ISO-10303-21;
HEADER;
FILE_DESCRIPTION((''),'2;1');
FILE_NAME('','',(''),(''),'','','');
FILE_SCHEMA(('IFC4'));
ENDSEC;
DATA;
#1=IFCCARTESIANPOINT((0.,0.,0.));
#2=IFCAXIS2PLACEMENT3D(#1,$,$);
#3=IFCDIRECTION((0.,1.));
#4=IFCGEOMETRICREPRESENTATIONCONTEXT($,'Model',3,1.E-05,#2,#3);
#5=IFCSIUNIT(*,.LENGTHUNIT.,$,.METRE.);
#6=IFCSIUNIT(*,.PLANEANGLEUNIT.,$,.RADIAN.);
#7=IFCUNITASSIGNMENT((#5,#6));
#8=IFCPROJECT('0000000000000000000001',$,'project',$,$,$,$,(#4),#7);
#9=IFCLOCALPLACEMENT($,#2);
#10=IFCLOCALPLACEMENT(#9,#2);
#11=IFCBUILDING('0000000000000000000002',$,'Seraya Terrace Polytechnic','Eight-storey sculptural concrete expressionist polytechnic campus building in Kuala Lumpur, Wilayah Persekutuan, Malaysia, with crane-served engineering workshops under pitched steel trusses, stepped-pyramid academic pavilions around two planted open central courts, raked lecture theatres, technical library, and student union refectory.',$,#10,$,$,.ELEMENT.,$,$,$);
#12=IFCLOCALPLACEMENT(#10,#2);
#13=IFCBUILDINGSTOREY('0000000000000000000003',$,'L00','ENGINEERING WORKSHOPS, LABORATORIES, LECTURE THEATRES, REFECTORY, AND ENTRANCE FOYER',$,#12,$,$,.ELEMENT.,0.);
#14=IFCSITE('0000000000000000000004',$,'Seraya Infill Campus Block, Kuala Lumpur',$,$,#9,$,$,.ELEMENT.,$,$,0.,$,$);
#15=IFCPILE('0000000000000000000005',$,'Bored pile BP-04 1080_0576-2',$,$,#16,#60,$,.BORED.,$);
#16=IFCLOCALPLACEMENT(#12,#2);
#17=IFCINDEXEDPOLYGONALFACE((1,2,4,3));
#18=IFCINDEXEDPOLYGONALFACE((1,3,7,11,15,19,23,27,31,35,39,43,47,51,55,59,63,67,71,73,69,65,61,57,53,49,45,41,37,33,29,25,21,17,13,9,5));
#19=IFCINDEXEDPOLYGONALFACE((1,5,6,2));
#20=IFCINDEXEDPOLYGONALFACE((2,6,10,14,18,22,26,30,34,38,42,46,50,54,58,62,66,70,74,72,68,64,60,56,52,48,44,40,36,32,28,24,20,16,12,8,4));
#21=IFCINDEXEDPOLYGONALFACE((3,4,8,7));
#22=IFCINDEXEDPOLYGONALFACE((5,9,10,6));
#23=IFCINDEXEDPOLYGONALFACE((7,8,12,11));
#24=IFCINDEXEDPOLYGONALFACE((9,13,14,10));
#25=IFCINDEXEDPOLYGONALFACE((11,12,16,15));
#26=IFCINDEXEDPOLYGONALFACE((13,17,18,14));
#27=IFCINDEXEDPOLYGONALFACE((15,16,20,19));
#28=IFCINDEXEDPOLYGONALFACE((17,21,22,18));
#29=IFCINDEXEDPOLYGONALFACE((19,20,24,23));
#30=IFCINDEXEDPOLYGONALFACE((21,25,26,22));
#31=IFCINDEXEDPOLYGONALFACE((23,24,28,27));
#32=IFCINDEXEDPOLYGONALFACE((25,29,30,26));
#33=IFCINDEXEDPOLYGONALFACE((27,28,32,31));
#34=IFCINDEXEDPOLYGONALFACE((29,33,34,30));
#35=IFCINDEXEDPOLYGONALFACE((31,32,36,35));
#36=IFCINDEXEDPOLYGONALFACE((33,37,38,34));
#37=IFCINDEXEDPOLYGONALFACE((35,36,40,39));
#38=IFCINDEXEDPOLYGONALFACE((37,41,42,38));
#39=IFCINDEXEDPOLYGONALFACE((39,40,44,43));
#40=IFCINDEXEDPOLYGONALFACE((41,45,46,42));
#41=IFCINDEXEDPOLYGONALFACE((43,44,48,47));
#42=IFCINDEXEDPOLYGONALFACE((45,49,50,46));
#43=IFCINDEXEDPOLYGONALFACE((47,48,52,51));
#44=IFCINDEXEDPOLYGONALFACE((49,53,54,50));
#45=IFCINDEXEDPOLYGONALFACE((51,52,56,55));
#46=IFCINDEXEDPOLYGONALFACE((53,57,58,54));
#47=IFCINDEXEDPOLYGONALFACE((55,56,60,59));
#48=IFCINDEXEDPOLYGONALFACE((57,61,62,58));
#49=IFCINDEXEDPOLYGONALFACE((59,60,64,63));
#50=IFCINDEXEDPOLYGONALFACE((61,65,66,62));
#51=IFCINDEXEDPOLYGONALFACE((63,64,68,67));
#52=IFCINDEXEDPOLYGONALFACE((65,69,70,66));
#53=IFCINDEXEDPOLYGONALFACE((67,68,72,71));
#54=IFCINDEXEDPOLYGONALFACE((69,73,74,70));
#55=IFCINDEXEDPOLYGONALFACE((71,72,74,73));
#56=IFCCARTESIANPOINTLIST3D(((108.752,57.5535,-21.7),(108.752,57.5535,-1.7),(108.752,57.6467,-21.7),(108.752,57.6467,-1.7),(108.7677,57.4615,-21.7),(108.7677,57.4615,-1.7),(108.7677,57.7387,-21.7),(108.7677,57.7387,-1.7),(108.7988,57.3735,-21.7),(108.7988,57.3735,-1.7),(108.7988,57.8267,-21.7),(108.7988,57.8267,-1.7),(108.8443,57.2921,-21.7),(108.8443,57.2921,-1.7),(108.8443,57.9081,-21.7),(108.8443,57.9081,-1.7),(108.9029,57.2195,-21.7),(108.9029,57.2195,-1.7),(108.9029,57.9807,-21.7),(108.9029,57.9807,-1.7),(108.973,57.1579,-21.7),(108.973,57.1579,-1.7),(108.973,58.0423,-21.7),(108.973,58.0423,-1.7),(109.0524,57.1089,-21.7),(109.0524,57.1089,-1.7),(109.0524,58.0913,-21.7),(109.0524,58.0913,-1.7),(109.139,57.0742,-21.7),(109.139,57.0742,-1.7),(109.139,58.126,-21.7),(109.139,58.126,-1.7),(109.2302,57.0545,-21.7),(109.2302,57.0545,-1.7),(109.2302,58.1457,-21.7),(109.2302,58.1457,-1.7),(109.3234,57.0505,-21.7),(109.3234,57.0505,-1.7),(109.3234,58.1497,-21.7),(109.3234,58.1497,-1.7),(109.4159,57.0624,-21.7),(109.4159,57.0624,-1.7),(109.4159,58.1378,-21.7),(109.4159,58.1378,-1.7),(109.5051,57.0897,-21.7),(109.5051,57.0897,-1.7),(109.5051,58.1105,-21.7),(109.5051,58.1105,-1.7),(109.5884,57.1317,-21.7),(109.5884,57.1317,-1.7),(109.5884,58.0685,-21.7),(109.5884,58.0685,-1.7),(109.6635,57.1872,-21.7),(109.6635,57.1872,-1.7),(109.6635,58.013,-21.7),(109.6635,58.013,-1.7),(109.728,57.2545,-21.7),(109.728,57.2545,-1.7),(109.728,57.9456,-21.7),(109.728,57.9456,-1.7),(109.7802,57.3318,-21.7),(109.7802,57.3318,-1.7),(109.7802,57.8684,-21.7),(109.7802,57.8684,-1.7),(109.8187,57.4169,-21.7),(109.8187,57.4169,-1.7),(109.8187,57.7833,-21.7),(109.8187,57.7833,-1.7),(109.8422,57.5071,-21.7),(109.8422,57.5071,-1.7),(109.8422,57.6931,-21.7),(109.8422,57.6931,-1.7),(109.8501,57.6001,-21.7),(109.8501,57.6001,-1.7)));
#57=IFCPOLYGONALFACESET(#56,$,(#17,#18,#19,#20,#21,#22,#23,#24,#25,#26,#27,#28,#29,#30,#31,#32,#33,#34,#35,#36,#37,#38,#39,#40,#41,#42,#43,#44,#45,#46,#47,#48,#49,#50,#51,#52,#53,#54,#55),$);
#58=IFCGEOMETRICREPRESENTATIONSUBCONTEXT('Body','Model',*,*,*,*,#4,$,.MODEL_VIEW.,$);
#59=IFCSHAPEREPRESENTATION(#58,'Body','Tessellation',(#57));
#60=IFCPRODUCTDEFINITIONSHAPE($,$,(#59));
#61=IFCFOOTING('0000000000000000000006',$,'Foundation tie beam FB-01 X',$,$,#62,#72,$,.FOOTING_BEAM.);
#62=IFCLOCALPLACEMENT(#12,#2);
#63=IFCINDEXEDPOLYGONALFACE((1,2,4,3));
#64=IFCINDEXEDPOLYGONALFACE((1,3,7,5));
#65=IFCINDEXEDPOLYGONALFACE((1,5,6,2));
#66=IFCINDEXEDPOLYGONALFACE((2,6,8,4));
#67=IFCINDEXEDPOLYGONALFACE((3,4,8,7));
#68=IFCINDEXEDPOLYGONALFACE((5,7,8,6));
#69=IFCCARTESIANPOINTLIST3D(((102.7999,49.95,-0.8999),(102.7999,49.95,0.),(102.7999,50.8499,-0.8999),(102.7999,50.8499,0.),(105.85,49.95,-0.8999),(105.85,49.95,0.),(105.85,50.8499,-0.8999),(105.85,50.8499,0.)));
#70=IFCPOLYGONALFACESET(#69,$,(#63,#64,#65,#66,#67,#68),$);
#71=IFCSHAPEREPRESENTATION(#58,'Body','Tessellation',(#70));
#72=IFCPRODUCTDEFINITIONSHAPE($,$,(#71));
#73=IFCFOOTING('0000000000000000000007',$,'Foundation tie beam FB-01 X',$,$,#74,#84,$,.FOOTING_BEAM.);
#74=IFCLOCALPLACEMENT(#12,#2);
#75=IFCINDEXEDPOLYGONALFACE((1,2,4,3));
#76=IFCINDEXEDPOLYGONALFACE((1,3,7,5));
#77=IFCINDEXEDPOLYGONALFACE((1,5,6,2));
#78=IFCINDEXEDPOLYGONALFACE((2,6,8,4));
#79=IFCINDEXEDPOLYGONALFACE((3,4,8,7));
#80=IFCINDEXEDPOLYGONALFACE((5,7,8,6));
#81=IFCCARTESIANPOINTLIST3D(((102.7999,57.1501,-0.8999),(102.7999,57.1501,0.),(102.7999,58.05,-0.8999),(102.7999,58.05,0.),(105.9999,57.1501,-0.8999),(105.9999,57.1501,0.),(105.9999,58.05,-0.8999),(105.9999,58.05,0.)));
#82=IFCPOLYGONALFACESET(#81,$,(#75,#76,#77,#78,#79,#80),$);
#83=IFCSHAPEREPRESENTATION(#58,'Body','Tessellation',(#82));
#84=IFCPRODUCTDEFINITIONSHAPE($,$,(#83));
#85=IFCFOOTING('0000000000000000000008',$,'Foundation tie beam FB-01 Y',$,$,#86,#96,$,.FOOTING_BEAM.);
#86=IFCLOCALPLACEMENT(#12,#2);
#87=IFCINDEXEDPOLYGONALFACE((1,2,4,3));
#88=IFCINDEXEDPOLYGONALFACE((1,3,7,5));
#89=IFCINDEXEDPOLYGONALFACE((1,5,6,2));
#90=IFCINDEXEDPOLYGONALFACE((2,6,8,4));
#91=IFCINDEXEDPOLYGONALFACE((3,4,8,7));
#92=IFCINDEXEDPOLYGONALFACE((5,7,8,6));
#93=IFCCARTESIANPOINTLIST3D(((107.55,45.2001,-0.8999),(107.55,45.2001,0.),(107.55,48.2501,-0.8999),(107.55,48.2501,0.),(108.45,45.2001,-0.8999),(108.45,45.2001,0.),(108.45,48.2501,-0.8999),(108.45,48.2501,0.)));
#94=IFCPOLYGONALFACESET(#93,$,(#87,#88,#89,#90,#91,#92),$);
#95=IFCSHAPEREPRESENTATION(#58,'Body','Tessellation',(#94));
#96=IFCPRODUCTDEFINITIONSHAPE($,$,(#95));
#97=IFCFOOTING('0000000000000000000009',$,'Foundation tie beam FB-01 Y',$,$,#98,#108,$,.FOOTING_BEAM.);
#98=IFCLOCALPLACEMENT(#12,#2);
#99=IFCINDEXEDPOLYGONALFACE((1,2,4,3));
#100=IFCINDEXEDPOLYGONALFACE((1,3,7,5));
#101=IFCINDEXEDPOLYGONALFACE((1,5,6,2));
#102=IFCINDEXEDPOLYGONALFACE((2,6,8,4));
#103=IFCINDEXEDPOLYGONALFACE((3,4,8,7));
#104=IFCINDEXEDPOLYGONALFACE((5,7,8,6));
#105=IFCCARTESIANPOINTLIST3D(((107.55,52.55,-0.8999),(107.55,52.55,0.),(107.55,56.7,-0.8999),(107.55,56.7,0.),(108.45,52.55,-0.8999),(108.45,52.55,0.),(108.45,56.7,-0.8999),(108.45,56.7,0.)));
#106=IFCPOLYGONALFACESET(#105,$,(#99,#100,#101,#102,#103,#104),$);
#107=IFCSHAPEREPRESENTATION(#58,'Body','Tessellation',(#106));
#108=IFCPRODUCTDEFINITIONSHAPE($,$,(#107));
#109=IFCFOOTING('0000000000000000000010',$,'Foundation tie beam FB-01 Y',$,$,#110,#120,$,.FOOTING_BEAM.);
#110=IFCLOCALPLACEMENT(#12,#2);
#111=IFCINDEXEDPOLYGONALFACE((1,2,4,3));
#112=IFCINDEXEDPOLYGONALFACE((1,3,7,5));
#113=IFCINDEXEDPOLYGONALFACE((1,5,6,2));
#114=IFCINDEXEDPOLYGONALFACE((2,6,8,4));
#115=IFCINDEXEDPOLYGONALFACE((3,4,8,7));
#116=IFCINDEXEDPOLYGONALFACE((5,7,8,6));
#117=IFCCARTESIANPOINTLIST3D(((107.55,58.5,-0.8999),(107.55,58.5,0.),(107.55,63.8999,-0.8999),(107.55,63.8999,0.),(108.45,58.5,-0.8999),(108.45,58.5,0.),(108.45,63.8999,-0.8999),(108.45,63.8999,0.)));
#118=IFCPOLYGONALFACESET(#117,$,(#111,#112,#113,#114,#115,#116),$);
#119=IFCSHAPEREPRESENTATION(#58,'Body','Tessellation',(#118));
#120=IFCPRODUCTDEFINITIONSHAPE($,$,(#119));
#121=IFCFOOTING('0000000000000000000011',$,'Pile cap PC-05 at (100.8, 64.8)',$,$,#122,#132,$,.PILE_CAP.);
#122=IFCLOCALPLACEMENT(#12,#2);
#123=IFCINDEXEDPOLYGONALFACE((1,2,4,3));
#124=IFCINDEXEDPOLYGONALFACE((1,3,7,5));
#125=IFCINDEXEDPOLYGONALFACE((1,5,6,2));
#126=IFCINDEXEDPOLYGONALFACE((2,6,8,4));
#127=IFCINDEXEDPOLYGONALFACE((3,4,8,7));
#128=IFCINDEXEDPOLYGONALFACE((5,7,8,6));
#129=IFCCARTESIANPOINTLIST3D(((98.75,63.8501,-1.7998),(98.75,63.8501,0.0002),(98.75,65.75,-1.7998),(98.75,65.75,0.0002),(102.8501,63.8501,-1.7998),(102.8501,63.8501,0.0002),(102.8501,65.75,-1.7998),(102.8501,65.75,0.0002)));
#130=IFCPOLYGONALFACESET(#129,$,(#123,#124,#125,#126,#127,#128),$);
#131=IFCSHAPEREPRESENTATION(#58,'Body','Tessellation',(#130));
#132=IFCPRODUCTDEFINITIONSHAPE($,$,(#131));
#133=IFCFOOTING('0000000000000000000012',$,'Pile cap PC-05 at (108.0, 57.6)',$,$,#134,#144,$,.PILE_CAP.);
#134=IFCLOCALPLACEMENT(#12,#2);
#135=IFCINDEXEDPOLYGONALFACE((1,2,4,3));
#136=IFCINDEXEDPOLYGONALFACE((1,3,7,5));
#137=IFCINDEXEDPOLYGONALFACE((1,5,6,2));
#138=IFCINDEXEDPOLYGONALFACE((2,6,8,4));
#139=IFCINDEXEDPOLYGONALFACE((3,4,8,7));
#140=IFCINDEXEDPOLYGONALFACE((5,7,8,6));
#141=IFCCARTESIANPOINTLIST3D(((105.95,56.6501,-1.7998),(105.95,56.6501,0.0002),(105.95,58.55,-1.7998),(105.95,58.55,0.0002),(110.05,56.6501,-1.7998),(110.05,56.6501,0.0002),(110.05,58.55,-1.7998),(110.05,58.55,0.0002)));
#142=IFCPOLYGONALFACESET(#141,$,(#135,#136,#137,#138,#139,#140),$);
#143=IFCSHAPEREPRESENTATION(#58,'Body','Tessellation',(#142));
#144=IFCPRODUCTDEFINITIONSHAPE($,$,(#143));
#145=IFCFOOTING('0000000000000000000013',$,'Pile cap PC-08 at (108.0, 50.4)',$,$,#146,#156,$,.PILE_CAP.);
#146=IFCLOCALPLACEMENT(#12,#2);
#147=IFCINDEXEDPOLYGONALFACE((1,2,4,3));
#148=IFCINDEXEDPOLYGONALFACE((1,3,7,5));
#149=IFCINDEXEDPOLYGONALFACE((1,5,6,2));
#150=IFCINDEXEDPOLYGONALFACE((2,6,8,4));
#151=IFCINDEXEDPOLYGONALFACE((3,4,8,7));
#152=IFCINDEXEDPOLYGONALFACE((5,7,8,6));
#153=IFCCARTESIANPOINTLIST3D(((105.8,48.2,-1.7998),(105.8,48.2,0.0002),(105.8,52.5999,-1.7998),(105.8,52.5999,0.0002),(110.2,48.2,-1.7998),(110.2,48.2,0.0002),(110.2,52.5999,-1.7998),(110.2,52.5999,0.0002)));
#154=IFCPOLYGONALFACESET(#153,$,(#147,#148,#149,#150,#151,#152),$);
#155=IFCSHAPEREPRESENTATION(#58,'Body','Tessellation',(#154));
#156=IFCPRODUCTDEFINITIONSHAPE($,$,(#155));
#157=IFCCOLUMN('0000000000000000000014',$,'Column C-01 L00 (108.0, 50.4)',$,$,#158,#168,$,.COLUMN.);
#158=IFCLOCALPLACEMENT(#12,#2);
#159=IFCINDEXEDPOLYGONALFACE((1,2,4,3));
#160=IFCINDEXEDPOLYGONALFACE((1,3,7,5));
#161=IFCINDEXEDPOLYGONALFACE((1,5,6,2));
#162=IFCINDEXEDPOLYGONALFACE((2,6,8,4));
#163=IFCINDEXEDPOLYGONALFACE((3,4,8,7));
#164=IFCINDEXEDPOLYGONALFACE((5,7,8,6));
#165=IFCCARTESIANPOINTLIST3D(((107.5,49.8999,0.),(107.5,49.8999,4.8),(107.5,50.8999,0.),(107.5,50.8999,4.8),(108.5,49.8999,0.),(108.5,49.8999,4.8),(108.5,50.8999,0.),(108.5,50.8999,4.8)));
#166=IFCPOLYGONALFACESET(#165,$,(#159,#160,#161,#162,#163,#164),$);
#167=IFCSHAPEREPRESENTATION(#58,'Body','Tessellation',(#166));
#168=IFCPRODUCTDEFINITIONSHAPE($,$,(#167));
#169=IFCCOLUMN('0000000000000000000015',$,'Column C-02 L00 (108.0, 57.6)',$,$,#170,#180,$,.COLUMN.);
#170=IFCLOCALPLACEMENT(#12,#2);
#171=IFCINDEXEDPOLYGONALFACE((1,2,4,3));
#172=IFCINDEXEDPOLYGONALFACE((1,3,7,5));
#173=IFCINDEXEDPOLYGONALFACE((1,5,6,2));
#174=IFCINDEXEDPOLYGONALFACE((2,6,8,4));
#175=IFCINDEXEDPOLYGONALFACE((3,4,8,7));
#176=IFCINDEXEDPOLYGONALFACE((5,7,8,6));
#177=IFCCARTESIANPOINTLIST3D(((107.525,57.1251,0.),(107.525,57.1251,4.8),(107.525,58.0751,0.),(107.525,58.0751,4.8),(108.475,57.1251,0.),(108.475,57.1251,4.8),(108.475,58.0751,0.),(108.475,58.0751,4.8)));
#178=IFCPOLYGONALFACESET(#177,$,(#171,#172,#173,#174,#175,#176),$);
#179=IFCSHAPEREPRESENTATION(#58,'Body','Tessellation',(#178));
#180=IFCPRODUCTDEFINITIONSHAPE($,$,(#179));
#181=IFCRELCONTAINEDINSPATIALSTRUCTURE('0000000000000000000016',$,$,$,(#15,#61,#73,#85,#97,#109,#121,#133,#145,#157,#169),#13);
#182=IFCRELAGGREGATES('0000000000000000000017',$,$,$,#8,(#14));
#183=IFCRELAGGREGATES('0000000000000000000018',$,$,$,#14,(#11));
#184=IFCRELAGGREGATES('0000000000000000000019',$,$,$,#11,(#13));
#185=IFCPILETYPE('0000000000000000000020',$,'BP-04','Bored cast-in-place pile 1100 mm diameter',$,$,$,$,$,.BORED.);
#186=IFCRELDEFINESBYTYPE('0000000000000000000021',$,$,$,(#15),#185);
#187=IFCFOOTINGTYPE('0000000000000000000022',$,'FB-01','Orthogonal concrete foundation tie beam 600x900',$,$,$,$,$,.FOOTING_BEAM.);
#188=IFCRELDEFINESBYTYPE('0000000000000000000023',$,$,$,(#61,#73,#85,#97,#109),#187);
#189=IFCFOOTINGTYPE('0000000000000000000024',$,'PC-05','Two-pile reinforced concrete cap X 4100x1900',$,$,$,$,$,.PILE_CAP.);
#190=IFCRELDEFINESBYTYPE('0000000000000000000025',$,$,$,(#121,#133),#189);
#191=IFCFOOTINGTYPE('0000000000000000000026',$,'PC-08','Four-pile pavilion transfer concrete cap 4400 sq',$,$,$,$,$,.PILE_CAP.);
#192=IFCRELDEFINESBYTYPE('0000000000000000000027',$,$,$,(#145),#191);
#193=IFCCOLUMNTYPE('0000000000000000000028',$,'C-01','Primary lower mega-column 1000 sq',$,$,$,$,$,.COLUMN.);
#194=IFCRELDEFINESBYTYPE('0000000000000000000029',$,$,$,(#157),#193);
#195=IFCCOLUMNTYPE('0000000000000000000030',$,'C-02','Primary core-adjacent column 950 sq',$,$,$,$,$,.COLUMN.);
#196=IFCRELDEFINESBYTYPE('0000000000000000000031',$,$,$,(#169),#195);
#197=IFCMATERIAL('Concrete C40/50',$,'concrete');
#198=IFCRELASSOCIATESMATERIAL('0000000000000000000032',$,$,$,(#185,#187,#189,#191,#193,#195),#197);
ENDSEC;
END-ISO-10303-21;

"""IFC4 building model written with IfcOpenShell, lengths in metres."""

from ifc_helpers import new_model, si_unit, direction, frame, origin, origin_2d, place, context, subcontext, project, spatial, rectangle, circle, extrude, material, material_profile, profile_set, type_object, element, save


model = new_model("IFC4")

# Units and contexts
model_context = context("Model", 3, precision=1e-05, world=origin(), true_north=direction((0.0, 1.0)))
body_context = subcontext(model_context, "Body", "Model", "MODEL_VIEW")
ifc_project = project(units=[si_unit("LENGTHUNIT", "METRE"), si_unit("PLANEANGLEUNIT", "RADIAN")], contexts=[model_context])

# Site, building, storey
site_placement = place(None, origin())
site = spatial("IfcSite", under=ifc_project, at=site_placement, Name="Seraya Infill Campus Block, Kuala Lumpur", CompositionType="ELEMENT", RefElevation=0.0)
building_placement = place(site_placement, origin())
building = spatial("IfcBuilding", under=site, at=building_placement, Name="Seraya Terrace Polytechnic", Description="Eight-storey sculptural concrete expressionist polytechnic campus building in Kuala Lumpur, Wilayah Persekutuan, Malaysia, with crane-served engineering workshops under pitched steel trusses, stepped-pyramid academic pavilions around two planted open central courts, raked lecture theatres, technical library, and student union refectory.", CompositionType="ELEMENT")
storey_placement = place(building_placement, origin())
storey = spatial("IfcBuildingStorey", under=building, at=storey_placement, Name="L00", Description="ENGINEERING WORKSHOPS, LABORATORIES, LECTURE THEATRES, REFECTORY, AND ENTRANCE FOYER", CompositionType="ELEMENT", Elevation=0.0)

# Pile
ifc_material_1 = material(Name="Concrete C40/50", Category="concrete")
ifc_material_profile_1 = material_profile(ifc_material_1, circle(Radius=0.55, at=origin_2d()), Name="DIA 1100")
ifc_profile_set_1 = profile_set([ifc_material_profile_1], Name="Concrete C40/50")
pile_type_1 = type_object("IfcPileType", Name="BP-04", Description="Bored cast-in-place pile 1100 mm diameter", PredefinedType="BORED", material=ifc_profile_set_1)
for number, where, z_axis, x_axis, name in (
    (1, (109.3, 57.6001, -1.7), (0.0, 0.0, -1.0), (1.0, 0.0, 0.0), "Bored pile BP-04 1080_0576-2"),
):
    element("IfcPile", number, at=place(storey_placement, frame(where, z_axis=z_axis, x_axis=x_axis)), inside=storey, type_object=pile_type_1, Name=name, PredefinedType="BORED", context=body_context, shape_type="SweptSolid", body=[
        extrude(circle(Radius=0.55, at=origin_2d()), origin(), (0.0, 0.0, 1.0), 20.0),
    ])

# Footings
footing_type_1 = type_object("IfcFootingType", Name="FB-01", Description="Orthogonal concrete foundation tie beam 600x900", PredefinedType="FOOTING_BEAM", material=ifc_material_1)
footing_1_placement = place(storey_placement, frame((104.325, 50.3999, -0.8999), z_axis=(0.0, 0.0, 1.0), x_axis=(1.0, 0.0, 0.0)))
element("IfcFooting", 2, at=footing_1_placement, inside=storey, type_object=footing_type_1, Name="Foundation tie beam FB-01 X", PredefinedType="FOOTING_BEAM", context=body_context, shape_type="SweptSolid", body=[
    extrude(rectangle(XDim=3.05, YDim=0.8999, at=origin_2d()), origin(), (0.0, 0.0, 1.0), 0.8999),
])
footing_2_placement = place(storey_placement, frame((104.3999, 57.6001, -0.8999), z_axis=(0.0, 0.0, 1.0), x_axis=(1.0, 0.0, 0.0)))
element("IfcFooting", 3, at=footing_2_placement, inside=storey, type_object=footing_type_1, Name="Foundation tie beam FB-01 X", PredefinedType="FOOTING_BEAM", context=body_context, shape_type="SweptSolid", body=[
    extrude(rectangle(XDim=3.2, YDim=0.8999, at=origin_2d()), origin(), (0.0, 0.0, 1.0), 0.8999),
])
footing_3_placement = place(storey_placement, frame((108.0, 46.7251, -0.8999), z_axis=(0.0, 0.0, 1.0), x_axis=(0.0, 1.0, 0.0)))
element("IfcFooting", 4, at=footing_3_placement, inside=storey, type_object=footing_type_1, Name="Foundation tie beam FB-01 Y", PredefinedType="FOOTING_BEAM", context=body_context, shape_type="SweptSolid", body=[
    extrude(rectangle(XDim=3.05, YDim=0.8999, at=origin_2d()), origin(), (0.0, 0.0, 1.0), 0.8999),
])
footing_4_placement = place(storey_placement, frame((108.0, 54.625, -0.8999), z_axis=(0.0, 0.0, 1.0), x_axis=(0.0, 1.0, 0.0)))
element("IfcFooting", 5, at=footing_4_placement, inside=storey, type_object=footing_type_1, Name="Foundation tie beam FB-01 Y", PredefinedType="FOOTING_BEAM", context=body_context, shape_type="SweptSolid", body=[
    extrude(rectangle(XDim=4.1499, YDim=0.8999, at=origin_2d()), origin(), (0.0, 0.0, 1.0), 0.8999),
])
footing_5_placement = place(storey_placement, frame((108.0, 61.2, -0.8999), z_axis=(0.0, 0.0, 1.0), x_axis=(0.0, 1.0, 0.0)))
element("IfcFooting", 6, at=footing_5_placement, inside=storey, type_object=footing_type_1, Name="Foundation tie beam FB-01 Y", PredefinedType="FOOTING_BEAM", context=body_context, shape_type="SweptSolid", body=[
    extrude(rectangle(XDim=5.3999, YDim=0.8999, at=origin_2d()), origin(), (0.0, 0.0, 1.0), 0.8999),
])
footing_type_2 = type_object("IfcFootingType", Name="PC-05", Description="Two-pile reinforced concrete cap X 4100x1900", PredefinedType="PILE_CAP", material=ifc_material_1)
for number, where, z_axis, x_axis, name in (
    (7, (100.8, 64.8, -1.7998), (0.0, 0.0, 1.0), (1.0, 0.0, 0.0), "Pile cap PC-05 at (100.8, 64.8)"),
    (8, (108.0, 57.6001, -1.7998), (0.0, 0.0, 1.0), (1.0, 0.0, 0.0), "Pile cap PC-05 at (108.0, 57.6)"),
):
    element("IfcFooting", number, at=place(storey_placement, frame(where, z_axis=z_axis, x_axis=x_axis)), inside=storey, type_object=footing_type_2, Name=name, PredefinedType="PILE_CAP", context=body_context, shape_type="SweptSolid", body=[
        extrude(rectangle(XDim=4.1001, YDim=1.8999, at=origin_2d()), origin(), (0.0, 0.0, 1.0), 1.8),
    ])
footing_type_3 = type_object("IfcFootingType", Name="PC-08", Description="Four-pile pavilion transfer concrete cap 4400 sq", PredefinedType="PILE_CAP", material=ifc_material_1)
footing_6_placement = place(storey_placement, frame((108.0, 50.3999, -1.7998), z_axis=(0.0, 0.0, 1.0), x_axis=(1.0, 0.0, 0.0)))
element("IfcFooting", 9, at=footing_6_placement, inside=storey, type_object=footing_type_3, Name="Pile cap PC-08 at (108.0, 50.4)", PredefinedType="PILE_CAP", context=body_context, shape_type="SweptSolid", body=[
    extrude(rectangle(XDim=4.3999, YDim=4.3999, at=origin_2d()), origin(), (0.0, 0.0, 1.0), 1.8),
])

# Columns
ifc_material_profile_2 = material_profile(ifc_material_1, rectangle(XDim=1.0, YDim=1.0, at=origin_2d()), Name="RC 1000x1000")
ifc_profile_set_2 = profile_set([ifc_material_profile_2], Name="Concrete C40/50")
column_type_1 = type_object("IfcColumnType", Name="C-01", Description="Primary lower mega-column 1000 sq", PredefinedType="COLUMN", material=ifc_profile_set_2)
column_1_placement = place(storey_placement, frame((108.0, 50.3999, 0.0), z_axis=(0.0, 0.0, 1.0), x_axis=(1.0, 0.0, 0.0)))
element("IfcColumn", 10, at=column_1_placement, inside=storey, type_object=column_type_1, Name="Column C-01 L00 (108.0, 50.4)", PredefinedType="COLUMN", context=body_context, shape_type="SweptSolid", body=[
    extrude(rectangle(XDim=1.0, YDim=1.0, at=origin_2d()), origin(), (0.0, 0.0, 1.0), 4.8),
])
ifc_material_profile_3 = material_profile(ifc_material_1, rectangle(XDim=0.95, YDim=0.95, at=origin_2d()), Name="RC 950x950")
ifc_profile_set_3 = profile_set([ifc_material_profile_3], Name="Concrete C40/50")
column_type_2 = type_object("IfcColumnType", Name="C-02", Description="Primary core-adjacent column 950 sq", PredefinedType="COLUMN", material=ifc_profile_set_3)
column_2_placement = place(storey_placement, frame((108.0, 57.6001, 0.0), z_axis=(0.0, 0.0, 1.0), x_axis=(1.0, 0.0, 0.0)))
element("IfcColumn", 11, at=column_2_placement, inside=storey, type_object=column_type_2, Name="Column C-02 L00 (108.0, 57.6)", PredefinedType="COLUMN", context=body_context, shape_type="SweptSolid", body=[
    extrude(rectangle(XDim=0.95, YDim=0.95, at=origin_2d()), origin(), (0.0, 0.0, 1.0), 4.8),
])

save(model, "model.ifc")
